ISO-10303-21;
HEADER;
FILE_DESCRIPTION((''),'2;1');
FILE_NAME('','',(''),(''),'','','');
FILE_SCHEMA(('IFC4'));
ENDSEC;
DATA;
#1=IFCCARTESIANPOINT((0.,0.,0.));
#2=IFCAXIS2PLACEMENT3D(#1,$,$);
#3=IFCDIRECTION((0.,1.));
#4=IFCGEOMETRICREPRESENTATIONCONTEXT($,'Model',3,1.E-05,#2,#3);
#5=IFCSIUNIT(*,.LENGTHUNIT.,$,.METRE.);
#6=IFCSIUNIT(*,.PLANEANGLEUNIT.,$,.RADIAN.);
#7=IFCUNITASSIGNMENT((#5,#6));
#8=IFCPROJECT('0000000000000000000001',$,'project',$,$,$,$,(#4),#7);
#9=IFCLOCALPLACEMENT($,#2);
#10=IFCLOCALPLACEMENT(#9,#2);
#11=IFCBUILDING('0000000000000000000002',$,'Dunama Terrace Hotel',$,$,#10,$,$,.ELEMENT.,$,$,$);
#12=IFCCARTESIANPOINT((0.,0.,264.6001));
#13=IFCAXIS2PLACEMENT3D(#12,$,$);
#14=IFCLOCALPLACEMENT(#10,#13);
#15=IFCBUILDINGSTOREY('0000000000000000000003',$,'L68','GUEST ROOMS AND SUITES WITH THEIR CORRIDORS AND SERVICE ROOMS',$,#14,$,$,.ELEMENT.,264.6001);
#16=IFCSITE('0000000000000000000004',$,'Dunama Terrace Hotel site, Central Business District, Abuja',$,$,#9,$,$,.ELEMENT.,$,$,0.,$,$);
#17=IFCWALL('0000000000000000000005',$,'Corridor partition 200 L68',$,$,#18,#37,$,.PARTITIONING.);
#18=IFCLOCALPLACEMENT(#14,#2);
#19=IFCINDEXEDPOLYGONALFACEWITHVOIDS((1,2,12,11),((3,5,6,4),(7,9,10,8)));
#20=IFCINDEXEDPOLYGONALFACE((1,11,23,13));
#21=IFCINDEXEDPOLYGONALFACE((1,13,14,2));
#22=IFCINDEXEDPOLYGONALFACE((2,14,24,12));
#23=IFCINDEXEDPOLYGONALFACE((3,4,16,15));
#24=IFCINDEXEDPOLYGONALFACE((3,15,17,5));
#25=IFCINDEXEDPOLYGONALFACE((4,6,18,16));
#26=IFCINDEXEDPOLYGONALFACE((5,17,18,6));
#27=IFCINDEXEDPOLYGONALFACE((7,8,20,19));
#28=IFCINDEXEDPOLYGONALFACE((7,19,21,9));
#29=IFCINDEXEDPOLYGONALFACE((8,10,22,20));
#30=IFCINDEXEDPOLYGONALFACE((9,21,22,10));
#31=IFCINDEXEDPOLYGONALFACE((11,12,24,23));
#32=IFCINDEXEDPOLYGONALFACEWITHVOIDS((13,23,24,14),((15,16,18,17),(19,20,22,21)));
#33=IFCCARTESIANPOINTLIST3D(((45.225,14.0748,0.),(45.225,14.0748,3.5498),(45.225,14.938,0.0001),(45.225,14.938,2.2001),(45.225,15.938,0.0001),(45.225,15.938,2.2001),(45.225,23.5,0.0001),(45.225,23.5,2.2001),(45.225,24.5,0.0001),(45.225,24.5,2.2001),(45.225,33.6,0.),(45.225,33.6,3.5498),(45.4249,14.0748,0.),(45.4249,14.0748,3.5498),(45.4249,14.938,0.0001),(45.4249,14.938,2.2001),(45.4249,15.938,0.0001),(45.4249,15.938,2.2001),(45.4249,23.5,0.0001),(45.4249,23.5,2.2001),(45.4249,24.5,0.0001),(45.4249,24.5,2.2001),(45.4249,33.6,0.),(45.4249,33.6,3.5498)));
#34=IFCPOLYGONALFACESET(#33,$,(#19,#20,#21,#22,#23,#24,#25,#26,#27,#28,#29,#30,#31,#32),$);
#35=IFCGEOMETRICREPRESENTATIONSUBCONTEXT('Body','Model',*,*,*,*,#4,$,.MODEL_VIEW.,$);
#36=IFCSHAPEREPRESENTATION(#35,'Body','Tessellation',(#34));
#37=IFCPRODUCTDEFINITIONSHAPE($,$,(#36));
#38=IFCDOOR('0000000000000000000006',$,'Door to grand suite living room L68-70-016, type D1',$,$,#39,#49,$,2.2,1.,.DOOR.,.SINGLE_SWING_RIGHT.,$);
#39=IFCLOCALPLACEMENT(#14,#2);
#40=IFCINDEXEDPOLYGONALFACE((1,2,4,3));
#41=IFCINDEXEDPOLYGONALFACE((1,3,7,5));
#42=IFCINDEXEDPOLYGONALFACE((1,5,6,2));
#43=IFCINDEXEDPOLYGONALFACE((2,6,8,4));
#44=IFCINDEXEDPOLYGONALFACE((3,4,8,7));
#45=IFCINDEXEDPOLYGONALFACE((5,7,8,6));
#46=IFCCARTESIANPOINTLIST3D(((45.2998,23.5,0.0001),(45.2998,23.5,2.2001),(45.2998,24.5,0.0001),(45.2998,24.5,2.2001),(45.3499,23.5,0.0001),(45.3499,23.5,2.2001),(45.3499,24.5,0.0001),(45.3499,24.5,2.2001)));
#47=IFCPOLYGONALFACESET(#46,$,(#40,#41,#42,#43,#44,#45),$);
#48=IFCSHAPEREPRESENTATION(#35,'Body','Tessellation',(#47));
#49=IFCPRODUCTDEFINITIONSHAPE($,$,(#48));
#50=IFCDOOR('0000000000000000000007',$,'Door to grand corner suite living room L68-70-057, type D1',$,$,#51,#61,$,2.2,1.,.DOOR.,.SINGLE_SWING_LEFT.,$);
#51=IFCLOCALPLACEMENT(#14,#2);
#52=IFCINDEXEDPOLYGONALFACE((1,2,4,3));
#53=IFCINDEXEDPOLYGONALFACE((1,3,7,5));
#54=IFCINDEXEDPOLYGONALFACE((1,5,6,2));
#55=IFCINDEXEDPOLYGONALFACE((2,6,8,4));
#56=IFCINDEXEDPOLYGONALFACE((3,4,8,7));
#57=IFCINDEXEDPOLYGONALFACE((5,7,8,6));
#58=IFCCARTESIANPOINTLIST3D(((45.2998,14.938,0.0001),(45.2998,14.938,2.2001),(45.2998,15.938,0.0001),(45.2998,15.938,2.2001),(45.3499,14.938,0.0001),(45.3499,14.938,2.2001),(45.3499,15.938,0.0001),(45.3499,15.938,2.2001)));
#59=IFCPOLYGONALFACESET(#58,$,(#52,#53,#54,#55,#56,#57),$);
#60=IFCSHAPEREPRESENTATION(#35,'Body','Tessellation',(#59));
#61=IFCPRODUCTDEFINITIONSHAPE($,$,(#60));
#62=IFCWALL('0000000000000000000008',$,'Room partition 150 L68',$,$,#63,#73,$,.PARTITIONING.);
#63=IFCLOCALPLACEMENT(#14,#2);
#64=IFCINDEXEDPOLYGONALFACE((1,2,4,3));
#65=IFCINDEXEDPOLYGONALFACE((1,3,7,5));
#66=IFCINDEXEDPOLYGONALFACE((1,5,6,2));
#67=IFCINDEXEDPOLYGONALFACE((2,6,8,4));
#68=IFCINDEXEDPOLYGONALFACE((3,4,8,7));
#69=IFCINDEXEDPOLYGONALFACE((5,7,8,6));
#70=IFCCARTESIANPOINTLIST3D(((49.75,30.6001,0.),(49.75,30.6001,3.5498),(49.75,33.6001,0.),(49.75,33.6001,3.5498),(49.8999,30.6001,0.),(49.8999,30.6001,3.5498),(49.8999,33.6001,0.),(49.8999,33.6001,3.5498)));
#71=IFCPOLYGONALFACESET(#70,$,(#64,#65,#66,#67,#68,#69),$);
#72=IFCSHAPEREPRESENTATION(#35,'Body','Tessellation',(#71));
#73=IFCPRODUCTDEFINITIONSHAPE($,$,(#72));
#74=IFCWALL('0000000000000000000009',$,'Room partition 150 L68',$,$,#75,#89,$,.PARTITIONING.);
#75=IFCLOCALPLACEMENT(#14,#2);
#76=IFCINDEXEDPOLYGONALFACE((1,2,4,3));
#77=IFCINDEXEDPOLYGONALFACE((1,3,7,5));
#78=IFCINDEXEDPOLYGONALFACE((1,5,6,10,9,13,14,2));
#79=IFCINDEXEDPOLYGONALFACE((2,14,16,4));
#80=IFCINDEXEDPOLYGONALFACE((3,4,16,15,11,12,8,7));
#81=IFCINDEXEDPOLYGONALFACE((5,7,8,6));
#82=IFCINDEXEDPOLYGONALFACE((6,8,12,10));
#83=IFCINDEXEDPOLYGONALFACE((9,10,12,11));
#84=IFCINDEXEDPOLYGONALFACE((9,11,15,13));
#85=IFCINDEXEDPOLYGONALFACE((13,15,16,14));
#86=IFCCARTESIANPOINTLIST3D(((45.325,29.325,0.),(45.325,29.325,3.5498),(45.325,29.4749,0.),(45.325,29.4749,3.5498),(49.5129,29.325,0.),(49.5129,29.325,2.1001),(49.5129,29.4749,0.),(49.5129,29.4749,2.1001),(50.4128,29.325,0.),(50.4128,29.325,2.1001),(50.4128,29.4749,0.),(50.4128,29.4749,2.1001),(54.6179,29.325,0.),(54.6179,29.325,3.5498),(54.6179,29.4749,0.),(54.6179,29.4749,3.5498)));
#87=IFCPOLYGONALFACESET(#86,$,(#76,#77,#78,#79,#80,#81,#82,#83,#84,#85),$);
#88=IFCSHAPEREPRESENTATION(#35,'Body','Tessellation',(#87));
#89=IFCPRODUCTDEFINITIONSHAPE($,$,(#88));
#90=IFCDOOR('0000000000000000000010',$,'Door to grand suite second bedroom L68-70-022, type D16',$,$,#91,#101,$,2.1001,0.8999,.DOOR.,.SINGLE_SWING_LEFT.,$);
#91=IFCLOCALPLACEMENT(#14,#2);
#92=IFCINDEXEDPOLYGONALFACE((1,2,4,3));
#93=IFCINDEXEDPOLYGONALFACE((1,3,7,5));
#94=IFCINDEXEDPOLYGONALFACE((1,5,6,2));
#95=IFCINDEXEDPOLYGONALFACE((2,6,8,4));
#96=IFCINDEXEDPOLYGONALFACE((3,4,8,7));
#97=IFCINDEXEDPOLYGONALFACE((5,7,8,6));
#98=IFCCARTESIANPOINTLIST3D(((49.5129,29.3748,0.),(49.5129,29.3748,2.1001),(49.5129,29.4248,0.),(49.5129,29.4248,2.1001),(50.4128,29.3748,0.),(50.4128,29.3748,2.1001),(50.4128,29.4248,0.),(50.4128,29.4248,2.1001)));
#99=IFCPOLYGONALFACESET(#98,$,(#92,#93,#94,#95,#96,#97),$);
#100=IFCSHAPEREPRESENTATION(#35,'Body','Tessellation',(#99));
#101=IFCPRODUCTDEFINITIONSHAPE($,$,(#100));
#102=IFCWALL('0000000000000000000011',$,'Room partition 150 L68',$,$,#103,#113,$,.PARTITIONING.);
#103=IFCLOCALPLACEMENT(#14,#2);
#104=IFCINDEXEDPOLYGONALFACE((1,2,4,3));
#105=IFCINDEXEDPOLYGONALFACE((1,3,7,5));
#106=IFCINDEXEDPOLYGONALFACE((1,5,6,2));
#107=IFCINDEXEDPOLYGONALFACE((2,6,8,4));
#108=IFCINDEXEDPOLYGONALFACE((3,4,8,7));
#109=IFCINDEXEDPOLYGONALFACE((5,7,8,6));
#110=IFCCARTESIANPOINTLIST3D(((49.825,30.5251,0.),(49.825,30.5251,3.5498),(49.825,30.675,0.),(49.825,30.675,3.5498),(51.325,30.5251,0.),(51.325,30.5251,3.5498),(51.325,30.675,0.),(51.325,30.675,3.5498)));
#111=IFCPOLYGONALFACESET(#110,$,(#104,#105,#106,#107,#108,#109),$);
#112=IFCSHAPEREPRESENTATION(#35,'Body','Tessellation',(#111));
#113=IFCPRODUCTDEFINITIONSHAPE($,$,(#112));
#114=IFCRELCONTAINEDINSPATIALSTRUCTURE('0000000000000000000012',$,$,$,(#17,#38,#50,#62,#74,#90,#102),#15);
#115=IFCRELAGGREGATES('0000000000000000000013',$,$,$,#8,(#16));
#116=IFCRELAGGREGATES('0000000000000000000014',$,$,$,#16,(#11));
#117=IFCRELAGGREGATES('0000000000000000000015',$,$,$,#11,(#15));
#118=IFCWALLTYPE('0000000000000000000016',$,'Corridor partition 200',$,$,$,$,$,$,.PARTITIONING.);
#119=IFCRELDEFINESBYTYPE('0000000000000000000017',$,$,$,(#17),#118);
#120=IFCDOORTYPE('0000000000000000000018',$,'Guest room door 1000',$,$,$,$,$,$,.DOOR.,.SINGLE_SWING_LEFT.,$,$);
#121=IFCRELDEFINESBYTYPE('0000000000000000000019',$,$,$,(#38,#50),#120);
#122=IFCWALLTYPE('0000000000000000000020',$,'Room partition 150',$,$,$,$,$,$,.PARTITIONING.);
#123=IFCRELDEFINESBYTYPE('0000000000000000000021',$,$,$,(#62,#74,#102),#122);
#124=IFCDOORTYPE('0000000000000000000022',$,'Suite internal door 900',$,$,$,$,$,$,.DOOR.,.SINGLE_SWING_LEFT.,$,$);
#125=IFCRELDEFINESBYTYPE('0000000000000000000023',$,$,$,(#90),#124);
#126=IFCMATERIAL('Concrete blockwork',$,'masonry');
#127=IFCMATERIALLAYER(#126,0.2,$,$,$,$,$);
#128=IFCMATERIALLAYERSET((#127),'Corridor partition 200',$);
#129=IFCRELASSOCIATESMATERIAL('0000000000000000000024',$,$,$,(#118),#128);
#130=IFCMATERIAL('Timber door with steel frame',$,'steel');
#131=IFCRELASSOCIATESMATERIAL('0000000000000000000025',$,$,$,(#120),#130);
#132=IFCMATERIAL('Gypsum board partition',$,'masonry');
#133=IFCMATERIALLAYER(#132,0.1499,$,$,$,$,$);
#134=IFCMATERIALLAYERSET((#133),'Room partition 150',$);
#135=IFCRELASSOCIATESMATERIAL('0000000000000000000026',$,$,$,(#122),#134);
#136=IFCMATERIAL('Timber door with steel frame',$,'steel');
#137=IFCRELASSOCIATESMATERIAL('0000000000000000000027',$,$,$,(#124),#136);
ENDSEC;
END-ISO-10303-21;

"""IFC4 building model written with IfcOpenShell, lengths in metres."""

from ifc_helpers import new_model, si_unit, direction, frame, frame_2d, origin, place, context, subcontext, project, spatial, rectangle, extrude, material, layer, layer_set, type_object, element, fill, save


model = new_model("IFC4")

# Units and contexts
model_context = context("Model", 3, precision=1e-05, world=origin(), true_north=direction((0.0, 1.0)))
body_context = subcontext(model_context, "Body", "Model", "MODEL_VIEW")
ifc_project = project(units=[si_unit("LENGTHUNIT", "METRE"), si_unit("PLANEANGLEUNIT", "RADIAN")], contexts=[model_context])

# Site, building, storey
site_placement = place(None, origin())
site = spatial("IfcSite", under=ifc_project, at=site_placement, Name="Dunama Terrace Hotel site, Central Business District, Abuja", CompositionType="ELEMENT", RefElevation=0.0)
building_placement = place(site_placement, origin())
building = spatial("IfcBuilding", under=site, at=building_placement, Name="Dunama Terrace Hotel", CompositionType="ELEMENT")
storey_placement = place(building_placement, frame((0.0, 0.0, 264.6001)))
storey = spatial("IfcBuildingStorey", under=building, at=storey_placement, Name="L68", Description="GUEST ROOMS AND SUITES WITH THEIR CORRIDORS AND SERVICE ROOMS", CompositionType="ELEMENT", Elevation=264.6001)

# Shared definitions
ifc_material_1 = material(Name="Concrete blockwork", Category="masonry")
ifc_layer_1 = layer(ifc_material_1, 0.2)
ifc_layer_set_1 = layer_set([ifc_layer_1], Name="Corridor partition 200")
wall_type_1 = type_object("IfcWallType", Name="Corridor partition 200", PredefinedType="PARTITIONING", material=ifc_layer_set_1)

# Wall, openings, doors
wall_1_placement = place(storey_placement, frame((45.325, 33.6001, 0.0), z_axis=(0.0, 0.0, 1.0), x_axis=(0.0, -1.0, 0.0)))
wall_1 = element("IfcWall", 1, at=wall_1_placement, inside=storey, type_object=wall_type_1, Name="Corridor partition 200 L68", PredefinedType="PARTITIONING", context=body_context, shape_type="SweptSolid", body=[
    extrude(rectangle(XDim=19.5251, YDim=0.2, at=frame_2d((9.7627, 0.0))), origin(), (0.0, 0.0, 1.0), 3.5498),
])
opening_1_placement = place(wall_1_placement, frame((9.1001, 0.0, 0.0)))
opening_1 = element("IfcOpeningElement", 2, at=opening_1_placement, cuts=wall_1, PredefinedType="OPENING", context=body_context, shape_type="SweptSolid", body=[
    extrude(rectangle(XDim=1.0, YDim=2.2, at=frame_2d((0.5, 1.1001))), frame((0.0, 0.1099, 0.0), z_axis=(0.0, -1.0, 0.0), x_axis=(1.0, 0.0, 0.0)), (0.0, 0.0, 1.0), 0.22),
])
opening_2_placement = place(wall_1_placement, frame((17.6621, 0.0, 0.0)))
opening_2 = element("IfcOpeningElement", 3, at=opening_2_placement, cuts=wall_1, PredefinedType="OPENING", context=body_context, shape_type="SweptSolid", body=[
    extrude(rectangle(XDim=1.0, YDim=2.2, at=frame_2d((0.5, 1.1001))), frame((0.0, 0.1099, 0.0), z_axis=(0.0, -1.0, 0.0), x_axis=(1.0, 0.0, 0.0)), (0.0, 0.0, 1.0), 0.22),
])
ifc_material_2 = material(Name="Timber door with steel frame", Category="steel")
door_type_1 = type_object("IfcDoorType", Name="Guest room door 1000", OperationType="SINGLE_SWING_LEFT", PredefinedType="DOOR", material=ifc_material_2)
door_1_placement = place(opening_1_placement, origin())
door_1 = element("IfcDoor", 4, at=door_1_placement, inside=storey, type_object=door_type_1, Name="Door to grand suite living room L68-70-016, type D1", OperationType="SINGLE_SWING_RIGHT", OverallHeight=2.2, OverallWidth=1.0, PredefinedType="DOOR", context=body_context, shape_type="SweptSolid", body=[
    extrude(rectangle(XDim=1.0, YDim=2.2, at=frame_2d((0.5, 1.1001))), frame((0.0, 0.0249, 0.0), z_axis=(0.0, -1.0, 0.0), x_axis=(1.0, 0.0, 0.0)), (0.0, 0.0, 1.0), 0.05),
])
fill(opening_1, door_1)
door_2_placement = place(opening_2_placement, origin())
door_2 = element("IfcDoor", 5, at=door_2_placement, inside=storey, type_object=door_type_1, Name="Door to grand corner suite living room L68-70-057, type D1", OperationType="SINGLE_SWING_LEFT", OverallHeight=2.2, OverallWidth=1.0, PredefinedType="DOOR", context=body_context, shape_type="SweptSolid", body=[
    extrude(rectangle(XDim=1.0, YDim=2.2, at=frame_2d((0.5, 1.1001))), frame((0.0, 0.0249, 0.0), z_axis=(0.0, -1.0, 0.0), x_axis=(1.0, 0.0, 0.0)), (0.0, 0.0, 1.0), 0.05),
])
fill(opening_2, door_2)

# Wall
ifc_material_3 = material(Name="Gypsum board partition", Category="masonry")
ifc_layer_2 = layer(ifc_material_3, 0.1499)
ifc_layer_set_2 = layer_set([ifc_layer_2], Name="Room partition 150")
wall_type_2 = type_object("IfcWallType", Name="Room partition 150", PredefinedType="PARTITIONING", material=ifc_layer_set_2)
wall_2_placement = place(storey_placement, frame((49.825, 30.6001, 0.0), z_axis=(0.0, 0.0, 1.0), x_axis=(0.0, 1.0, 0.0)))
element("IfcWall", 6, at=wall_2_placement, inside=storey, type_object=wall_type_2, Name="Room partition 150 L68", PredefinedType="PARTITIONING", context=body_context, shape_type="SweptSolid", body=[
    extrude(rectangle(XDim=3.0, YDim=0.1499, at=frame_2d((1.5, 0.0))), origin(), (0.0, 0.0, 1.0), 3.5498),
])

# Wall, opening, door
wall_3_placement = place(storey_placement, frame((45.325, 29.3999, 0.0), z_axis=(0.0, 0.0, 1.0), x_axis=(1.0, 0.0, 0.0)))
wall_3 = element("IfcWall", 7, at=wall_3_placement, inside=storey, type_object=wall_type_2, Name="Room partition 150 L68", PredefinedType="PARTITIONING", context=body_context, shape_type="SweptSolid", body=[
    extrude(rectangle(XDim=9.293, YDim=0.1499, at=frame_2d((4.6465, 0.0))), origin(), (0.0, 0.0, 1.0), 3.5498),
])
opening_3_placement = place(wall_3_placement, frame((4.188, 0.0, 0.0)))
opening_3 = element("IfcOpeningElement", 8, at=opening_3_placement, cuts=wall_3, PredefinedType="OPENING", context=body_context, shape_type="SweptSolid", body=[
    extrude(rectangle(XDim=0.8999, YDim=2.1001, at=frame_2d((0.45, 1.05))), frame((0.0, 0.085, 0.0), z_axis=(0.0, -1.0, 0.0), x_axis=(1.0, 0.0, 0.0)), (0.0, 0.0, 1.0), 0.1699),
])
ifc_material_4 = material(Name="Timber door with steel frame", Category="steel")
door_type_2 = type_object("IfcDoorType", Name="Suite internal door 900", OperationType="SINGLE_SWING_LEFT", PredefinedType="DOOR", material=ifc_material_4)
door_3_placement = place(opening_3_placement, origin())
door_3 = element("IfcDoor", 9, at=door_3_placement, inside=storey, type_object=door_type_2, Name="Door to grand suite second bedroom L68-70-022, type D16", OperationType="SINGLE_SWING_LEFT", OverallHeight=2.1001, OverallWidth=0.8999, PredefinedType="DOOR", context=body_context, shape_type="SweptSolid", body=[
    extrude(rectangle(XDim=0.8999, YDim=2.1001, at=frame_2d((0.45, 1.05))), frame((0.0, 0.0249, 0.0), z_axis=(0.0, -1.0, 0.0), x_axis=(1.0, 0.0, 0.0)), (0.0, 0.0, 1.0), 0.05),
])
fill(opening_3, door_3)

# Wall
wall_4_placement = place(storey_placement, frame((49.825, 30.6001, 0.0), z_axis=(0.0, 0.0, 1.0), x_axis=(1.0, 0.0, 0.0)))
element("IfcWall", 10, at=wall_4_placement, inside=storey, type_object=wall_type_2, Name="Room partition 150 L68", PredefinedType="PARTITIONING", context=body_context, shape_type="SweptSolid", body=[
    extrude(rectangle(XDim=1.5, YDim=0.1499, at=frame_2d((0.75, 0.0))), origin(), (0.0, 0.0, 1.0), 3.5498),
])

save(model, "model.ifc")
